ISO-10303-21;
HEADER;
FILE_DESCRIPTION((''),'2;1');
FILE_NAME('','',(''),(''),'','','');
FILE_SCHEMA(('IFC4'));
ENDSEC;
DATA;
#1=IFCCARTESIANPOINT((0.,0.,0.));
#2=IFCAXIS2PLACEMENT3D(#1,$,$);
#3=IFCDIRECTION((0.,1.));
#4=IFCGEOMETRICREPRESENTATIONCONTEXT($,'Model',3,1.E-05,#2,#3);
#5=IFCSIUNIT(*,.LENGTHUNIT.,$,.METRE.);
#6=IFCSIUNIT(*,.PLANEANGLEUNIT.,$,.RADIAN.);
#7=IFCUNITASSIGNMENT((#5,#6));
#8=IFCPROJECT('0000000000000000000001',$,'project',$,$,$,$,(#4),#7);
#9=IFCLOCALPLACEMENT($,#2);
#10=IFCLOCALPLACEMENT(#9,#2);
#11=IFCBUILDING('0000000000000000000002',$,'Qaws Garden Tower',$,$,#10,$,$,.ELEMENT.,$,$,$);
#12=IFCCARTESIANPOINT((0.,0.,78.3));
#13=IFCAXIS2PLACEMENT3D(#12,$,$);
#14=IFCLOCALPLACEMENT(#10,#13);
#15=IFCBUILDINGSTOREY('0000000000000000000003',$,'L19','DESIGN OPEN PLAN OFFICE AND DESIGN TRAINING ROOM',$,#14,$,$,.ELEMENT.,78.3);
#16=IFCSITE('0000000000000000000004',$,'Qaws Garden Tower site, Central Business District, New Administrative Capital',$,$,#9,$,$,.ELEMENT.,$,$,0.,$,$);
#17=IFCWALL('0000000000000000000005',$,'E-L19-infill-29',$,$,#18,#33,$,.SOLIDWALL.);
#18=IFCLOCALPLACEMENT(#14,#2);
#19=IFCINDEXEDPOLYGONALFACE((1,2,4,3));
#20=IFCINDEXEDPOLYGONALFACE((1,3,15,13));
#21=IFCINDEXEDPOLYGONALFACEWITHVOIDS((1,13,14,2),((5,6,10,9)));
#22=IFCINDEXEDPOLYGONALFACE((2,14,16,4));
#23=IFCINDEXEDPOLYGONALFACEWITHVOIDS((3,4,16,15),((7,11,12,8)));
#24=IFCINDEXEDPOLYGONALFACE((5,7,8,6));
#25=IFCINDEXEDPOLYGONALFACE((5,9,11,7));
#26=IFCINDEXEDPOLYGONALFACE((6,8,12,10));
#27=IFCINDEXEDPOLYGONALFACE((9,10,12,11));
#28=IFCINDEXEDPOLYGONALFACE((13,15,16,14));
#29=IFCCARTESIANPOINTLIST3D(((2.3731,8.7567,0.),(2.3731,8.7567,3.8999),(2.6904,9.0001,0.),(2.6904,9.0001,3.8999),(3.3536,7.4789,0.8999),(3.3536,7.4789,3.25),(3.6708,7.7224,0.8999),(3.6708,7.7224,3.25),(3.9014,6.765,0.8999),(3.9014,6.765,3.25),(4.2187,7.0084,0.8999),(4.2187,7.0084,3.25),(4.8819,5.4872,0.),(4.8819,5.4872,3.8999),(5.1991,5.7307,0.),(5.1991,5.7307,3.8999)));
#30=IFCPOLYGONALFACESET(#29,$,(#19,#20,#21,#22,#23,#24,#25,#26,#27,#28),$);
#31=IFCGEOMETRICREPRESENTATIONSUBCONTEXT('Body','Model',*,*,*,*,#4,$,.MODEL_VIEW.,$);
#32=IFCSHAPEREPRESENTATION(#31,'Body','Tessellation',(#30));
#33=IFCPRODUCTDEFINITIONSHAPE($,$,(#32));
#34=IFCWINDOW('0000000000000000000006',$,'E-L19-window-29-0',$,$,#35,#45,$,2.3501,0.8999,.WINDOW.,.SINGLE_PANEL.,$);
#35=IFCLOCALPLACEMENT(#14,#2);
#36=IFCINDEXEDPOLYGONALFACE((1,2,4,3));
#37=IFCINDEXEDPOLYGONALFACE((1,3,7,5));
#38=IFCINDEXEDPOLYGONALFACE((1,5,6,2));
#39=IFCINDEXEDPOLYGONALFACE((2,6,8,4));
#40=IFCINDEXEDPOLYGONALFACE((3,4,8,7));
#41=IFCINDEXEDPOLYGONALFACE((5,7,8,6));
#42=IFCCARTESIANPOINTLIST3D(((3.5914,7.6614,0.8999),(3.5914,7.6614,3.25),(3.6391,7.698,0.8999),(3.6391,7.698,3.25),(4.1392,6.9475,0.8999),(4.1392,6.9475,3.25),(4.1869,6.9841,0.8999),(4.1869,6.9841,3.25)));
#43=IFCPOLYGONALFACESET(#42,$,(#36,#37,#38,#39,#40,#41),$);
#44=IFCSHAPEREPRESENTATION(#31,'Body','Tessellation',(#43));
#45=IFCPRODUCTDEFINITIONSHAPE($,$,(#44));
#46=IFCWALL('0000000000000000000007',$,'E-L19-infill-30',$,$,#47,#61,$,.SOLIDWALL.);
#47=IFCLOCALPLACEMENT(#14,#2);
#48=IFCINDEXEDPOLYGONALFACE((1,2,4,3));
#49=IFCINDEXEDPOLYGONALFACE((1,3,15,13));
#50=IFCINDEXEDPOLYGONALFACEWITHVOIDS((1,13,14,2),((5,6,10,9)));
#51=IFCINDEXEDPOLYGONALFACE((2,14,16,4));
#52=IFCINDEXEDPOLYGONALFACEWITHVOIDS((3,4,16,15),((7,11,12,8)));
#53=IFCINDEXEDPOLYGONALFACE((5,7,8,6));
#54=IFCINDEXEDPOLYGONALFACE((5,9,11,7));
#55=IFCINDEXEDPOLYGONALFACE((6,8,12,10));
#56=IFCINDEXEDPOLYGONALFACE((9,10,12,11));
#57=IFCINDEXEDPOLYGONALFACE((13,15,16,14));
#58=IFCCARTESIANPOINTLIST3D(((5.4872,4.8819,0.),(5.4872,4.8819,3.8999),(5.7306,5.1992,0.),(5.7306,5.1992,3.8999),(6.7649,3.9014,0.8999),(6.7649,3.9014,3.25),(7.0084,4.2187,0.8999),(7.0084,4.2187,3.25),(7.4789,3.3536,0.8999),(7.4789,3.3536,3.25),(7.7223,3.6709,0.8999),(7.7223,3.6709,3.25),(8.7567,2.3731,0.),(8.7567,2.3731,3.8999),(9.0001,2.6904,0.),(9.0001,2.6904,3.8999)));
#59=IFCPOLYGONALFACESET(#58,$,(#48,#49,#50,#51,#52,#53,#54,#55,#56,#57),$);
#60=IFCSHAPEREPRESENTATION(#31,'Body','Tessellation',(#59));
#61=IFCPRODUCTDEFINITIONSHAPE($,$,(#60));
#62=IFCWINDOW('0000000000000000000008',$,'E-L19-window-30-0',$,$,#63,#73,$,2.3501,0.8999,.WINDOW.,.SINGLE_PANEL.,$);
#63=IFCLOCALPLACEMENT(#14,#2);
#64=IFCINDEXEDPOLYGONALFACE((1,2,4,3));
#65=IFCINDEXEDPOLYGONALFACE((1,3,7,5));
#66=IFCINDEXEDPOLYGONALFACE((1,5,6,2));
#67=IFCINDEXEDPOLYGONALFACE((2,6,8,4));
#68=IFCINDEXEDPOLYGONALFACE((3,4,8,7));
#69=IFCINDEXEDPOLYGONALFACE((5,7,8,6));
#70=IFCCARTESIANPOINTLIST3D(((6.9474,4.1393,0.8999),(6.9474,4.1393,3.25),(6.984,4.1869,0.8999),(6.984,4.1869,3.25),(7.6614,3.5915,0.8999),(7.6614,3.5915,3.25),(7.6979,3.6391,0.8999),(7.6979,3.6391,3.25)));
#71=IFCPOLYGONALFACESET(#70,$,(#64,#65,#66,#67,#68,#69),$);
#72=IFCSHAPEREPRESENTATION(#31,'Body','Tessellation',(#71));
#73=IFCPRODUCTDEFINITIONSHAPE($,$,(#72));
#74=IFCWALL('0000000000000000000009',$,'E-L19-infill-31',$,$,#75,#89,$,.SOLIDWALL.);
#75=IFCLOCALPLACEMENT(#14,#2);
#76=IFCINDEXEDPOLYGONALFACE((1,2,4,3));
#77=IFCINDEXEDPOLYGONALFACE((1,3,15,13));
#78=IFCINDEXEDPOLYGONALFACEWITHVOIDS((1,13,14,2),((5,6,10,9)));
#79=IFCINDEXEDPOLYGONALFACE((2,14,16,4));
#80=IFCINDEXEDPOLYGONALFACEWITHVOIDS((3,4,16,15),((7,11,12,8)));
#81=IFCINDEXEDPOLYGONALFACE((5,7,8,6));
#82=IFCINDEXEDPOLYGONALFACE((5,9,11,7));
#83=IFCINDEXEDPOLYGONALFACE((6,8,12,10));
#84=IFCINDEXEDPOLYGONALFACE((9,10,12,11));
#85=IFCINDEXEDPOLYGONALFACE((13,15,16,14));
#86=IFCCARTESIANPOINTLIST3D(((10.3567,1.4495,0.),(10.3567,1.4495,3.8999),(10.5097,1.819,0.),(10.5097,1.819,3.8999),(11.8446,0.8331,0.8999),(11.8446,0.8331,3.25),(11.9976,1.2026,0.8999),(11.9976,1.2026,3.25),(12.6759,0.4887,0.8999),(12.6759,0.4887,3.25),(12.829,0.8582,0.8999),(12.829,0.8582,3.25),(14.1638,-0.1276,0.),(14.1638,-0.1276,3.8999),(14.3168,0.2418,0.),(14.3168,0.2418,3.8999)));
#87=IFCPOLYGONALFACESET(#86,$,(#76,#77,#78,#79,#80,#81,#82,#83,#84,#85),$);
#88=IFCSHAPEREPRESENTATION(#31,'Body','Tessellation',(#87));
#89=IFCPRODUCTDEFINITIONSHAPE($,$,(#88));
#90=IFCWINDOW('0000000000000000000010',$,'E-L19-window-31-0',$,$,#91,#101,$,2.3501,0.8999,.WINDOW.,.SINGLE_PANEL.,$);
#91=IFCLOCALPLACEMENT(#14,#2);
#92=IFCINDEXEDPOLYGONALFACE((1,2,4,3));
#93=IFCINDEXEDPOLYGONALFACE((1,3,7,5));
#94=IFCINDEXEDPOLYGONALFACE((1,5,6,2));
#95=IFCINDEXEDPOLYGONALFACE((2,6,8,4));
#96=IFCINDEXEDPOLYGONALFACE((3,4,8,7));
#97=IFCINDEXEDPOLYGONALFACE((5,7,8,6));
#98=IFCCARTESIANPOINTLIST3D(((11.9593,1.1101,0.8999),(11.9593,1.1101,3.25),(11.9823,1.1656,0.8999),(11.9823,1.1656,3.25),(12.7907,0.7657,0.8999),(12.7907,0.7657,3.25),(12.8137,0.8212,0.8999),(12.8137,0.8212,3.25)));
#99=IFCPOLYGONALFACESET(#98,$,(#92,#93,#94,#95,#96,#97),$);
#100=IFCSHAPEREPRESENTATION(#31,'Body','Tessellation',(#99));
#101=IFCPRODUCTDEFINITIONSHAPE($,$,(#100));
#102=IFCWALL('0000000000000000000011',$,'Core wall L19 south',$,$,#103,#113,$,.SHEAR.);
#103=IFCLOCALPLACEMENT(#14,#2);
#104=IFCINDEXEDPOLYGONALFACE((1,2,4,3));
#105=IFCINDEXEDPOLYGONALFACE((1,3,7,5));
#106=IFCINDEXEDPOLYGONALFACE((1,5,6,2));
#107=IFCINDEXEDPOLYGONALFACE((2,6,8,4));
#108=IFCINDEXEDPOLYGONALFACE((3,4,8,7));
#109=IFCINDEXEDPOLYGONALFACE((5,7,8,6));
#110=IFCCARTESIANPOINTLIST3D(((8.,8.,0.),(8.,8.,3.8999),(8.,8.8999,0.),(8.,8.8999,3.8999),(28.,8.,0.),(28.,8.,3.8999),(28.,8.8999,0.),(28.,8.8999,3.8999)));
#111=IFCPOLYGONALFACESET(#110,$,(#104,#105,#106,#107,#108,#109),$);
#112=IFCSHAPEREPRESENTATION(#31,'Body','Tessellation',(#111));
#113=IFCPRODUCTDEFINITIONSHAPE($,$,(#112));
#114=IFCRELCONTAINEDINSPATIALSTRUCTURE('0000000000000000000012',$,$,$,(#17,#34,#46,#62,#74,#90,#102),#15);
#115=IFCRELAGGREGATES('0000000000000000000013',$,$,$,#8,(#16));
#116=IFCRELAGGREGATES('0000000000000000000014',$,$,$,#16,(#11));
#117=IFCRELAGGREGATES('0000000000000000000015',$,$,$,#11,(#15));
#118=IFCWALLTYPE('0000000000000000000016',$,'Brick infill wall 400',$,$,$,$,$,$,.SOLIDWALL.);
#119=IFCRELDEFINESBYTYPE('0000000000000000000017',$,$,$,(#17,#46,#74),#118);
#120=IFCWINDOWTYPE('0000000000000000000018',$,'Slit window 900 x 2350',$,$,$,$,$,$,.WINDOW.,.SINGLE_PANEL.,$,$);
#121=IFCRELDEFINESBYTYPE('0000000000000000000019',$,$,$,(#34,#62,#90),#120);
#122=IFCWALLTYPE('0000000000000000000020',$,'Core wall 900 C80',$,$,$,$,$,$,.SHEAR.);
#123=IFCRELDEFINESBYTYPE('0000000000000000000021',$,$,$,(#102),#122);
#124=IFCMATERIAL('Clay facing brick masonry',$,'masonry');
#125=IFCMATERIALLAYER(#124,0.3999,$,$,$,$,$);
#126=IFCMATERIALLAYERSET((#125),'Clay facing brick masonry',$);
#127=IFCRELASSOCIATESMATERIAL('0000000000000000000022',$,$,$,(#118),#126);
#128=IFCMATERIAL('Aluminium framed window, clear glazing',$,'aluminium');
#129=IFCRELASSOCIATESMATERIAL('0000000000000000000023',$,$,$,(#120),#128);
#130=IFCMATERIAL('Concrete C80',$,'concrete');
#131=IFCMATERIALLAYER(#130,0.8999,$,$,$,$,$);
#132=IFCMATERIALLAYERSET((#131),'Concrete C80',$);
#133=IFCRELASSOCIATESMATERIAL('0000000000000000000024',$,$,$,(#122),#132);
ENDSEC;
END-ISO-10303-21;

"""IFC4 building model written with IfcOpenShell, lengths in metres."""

from ifc_helpers import new_model, si_unit, direction, frame, frame_2d, origin, place, context, subcontext, project, spatial, rectangle, extrude, material, layer, layer_set, type_object, element, fill, save


model = new_model("IFC4")

# Units and contexts
model_context = context("Model", 3, precision=1e-05, world=origin(), true_north=direction((0.0, 1.0)))
body_context = subcontext(model_context, "Body", "Model", "MODEL_VIEW")
ifc_project = project(units=[si_unit("LENGTHUNIT", "METRE"), si_unit("PLANEANGLEUNIT", "RADIAN")], contexts=[model_context])

# Site, building, storey
site_placement = place(None, origin())
site = spatial("IfcSite", under=ifc_project, at=site_placement, Name="Qaws Garden Tower site, Central Business District, New Administrative Capital", CompositionType="ELEMENT", RefElevation=0.0)
building_placement = place(site_placement, origin())
building = spatial("IfcBuilding", under=site, at=building_placement, Name="Qaws Garden Tower", CompositionType="ELEMENT")
storey_placement = place(building_placement, frame((0.0, 0.0, 78.3)))
storey = spatial("IfcBuildingStorey", under=building, at=storey_placement, Name="L19", Description="DESIGN OPEN PLAN OFFICE AND DESIGN TRAINING ROOM", CompositionType="ELEMENT", Elevation=78.3)

# Walls, openings, windows
ifc_material_1 = material(Name="Clay facing brick masonry", Category="masonry")
ifc_layer_1 = layer(ifc_material_1, 0.3999)
ifc_layer_set_1 = layer_set([ifc_layer_1], Name="Clay facing brick masonry")
wall_type_1 = type_object("IfcWallType", Name="Brick infill wall 400", PredefinedType="SOLIDWALL", material=ifc_layer_set_1)
wall_1_placement = place(storey_placement, frame((2.5317, 8.8784, 0.0), z_axis=(0.0, 0.0, 1.0), x_axis=(0.60876, -0.793355, 0.0)))
wall_1 = element("IfcWall", 1, at=wall_1_placement, inside=storey, type_object=wall_type_1, Name="E-L19-infill-29", PredefinedType="SOLIDWALL", context=body_context, shape_type="SweptSolid", body=[
    extrude(rectangle(XDim=4.1211, YDim=0.3999, at=frame_2d((2.0605, 0.0))), origin(), (0.0, 0.0, 1.0), 3.8999),
])
opening_1_placement = place(wall_1_placement, frame((1.6106, 0.0, 0.8999)))
opening_1 = element("IfcOpeningElement", 2, at=opening_1_placement, cuts=wall_1, PredefinedType="OPENING", context=body_context, shape_type="SweptSolid", body=[
    extrude(rectangle(XDim=0.8999, YDim=2.3501, at=frame_2d((0.45, 1.175))), frame((0.0, 0.21, 0.0), z_axis=(0.0, -1.0, 0.0), x_axis=(1.0, 0.0, 0.0)), (0.0, 0.0, 1.0), 0.4199),
])
ifc_material_2 = material(Name="Aluminium framed window, clear glazing", Category="aluminium")
window_type = type_object("IfcWindowType", Name="Slit window 900 x 2350", PartitioningType="SINGLE_PANEL", PredefinedType="WINDOW", material=ifc_material_2)
window_1_placement = place(opening_1_placement, origin())
window_1 = element("IfcWindow", 3, at=window_1_placement, inside=storey, type_object=window_type, Name="E-L19-window-29-0", OverallHeight=2.3501, OverallWidth=0.8999, PartitioningType="SINGLE_PANEL", PredefinedType="WINDOW", context=body_context, shape_type="SweptSolid", body=[
    extrude(rectangle(XDim=0.8999, YDim=2.3501, at=frame_2d((0.45, 1.175))), frame((0.0, 0.1599, 0.0), z_axis=(0.0, -1.0, 0.0), x_axis=(1.0, 0.0, 0.0)), (0.0, 0.0, 1.0), 0.0601),
])
fill(opening_1, window_1)
wall_2_placement = place(storey_placement, frame((5.6089, 5.0405, 0.0), z_axis=(0.0, 0.0, 1.0), x_axis=(0.793355, -0.60876, 0.0)))
wall_2 = element("IfcWall", 4, at=wall_2_placement, inside=storey, type_object=wall_type_1, Name="E-L19-infill-30", PredefinedType="SOLIDWALL", context=body_context, shape_type="SweptSolid", body=[
    extrude(rectangle(XDim=4.1211, YDim=0.3999, at=frame_2d((2.0605, 0.0))), origin(), (0.0, 0.0, 1.0), 3.8999),
])
opening_2_placement = place(wall_2_placement, frame((1.6106, 0.0, 0.8999)))
opening_2 = element("IfcOpeningElement", 5, at=opening_2_placement, cuts=wall_2, PredefinedType="OPENING", context=body_context, shape_type="SweptSolid", body=[
    extrude(rectangle(XDim=0.8999, YDim=2.3501, at=frame_2d((0.45, 1.175))), frame((0.0, 0.21, 0.0), z_axis=(0.0, -1.0, 0.0), x_axis=(1.0, 0.0, 0.0)), (0.0, 0.0, 1.0), 0.4199),
])
window_2_placement = place(opening_2_placement, origin())
window_2 = element("IfcWindow", 6, at=window_2_placement, inside=storey, type_object=window_type, Name="E-L19-window-30-0", OverallHeight=2.3501, OverallWidth=0.8999, PartitioningType="SINGLE_PANEL", PredefinedType="WINDOW", context=body_context, shape_type="SweptSolid", body=[
    extrude(rectangle(XDim=0.8999, YDim=2.3501, at=frame_2d((0.45, 1.175))), frame((0.0, 0.1599, 0.0), z_axis=(0.0, -1.0, 0.0), x_axis=(1.0, 0.0, 0.0)), (0.0, 0.0, 1.0), 0.0601),
])
fill(opening_2, window_2)
wall_3_placement = place(storey_placement, frame((10.4331, 1.6343, 0.0), z_axis=(0.0, 0.0, 1.0), x_axis=(0.923864, -0.382722, 0.0)))
wall_3 = element("IfcWall", 7, at=wall_3_placement, inside=storey, type_object=wall_type_1, Name="E-L19-infill-31", PredefinedType="SOLIDWALL", context=body_context, shape_type="SweptSolid", body=[
    extrude(rectangle(XDim=4.1208, YDim=0.3999, at=frame_2d((2.0605, 0.0))), origin(), (0.0, 0.0, 1.0), 3.8999),
])
opening_3_placement = place(wall_3_placement, frame((1.6106, 0.0, 0.8999)))
opening_3 = element("IfcOpeningElement", 8, at=opening_3_placement, cuts=wall_3, PredefinedType="OPENING", context=body_context, shape_type="SweptSolid", body=[
    extrude(rectangle(XDim=0.8999, YDim=2.3501, at=frame_2d((0.45, 1.175))), frame((0.0, 0.21, 0.0), z_axis=(0.0, -1.0, 0.0), x_axis=(1.0, 0.0, 0.0)), (0.0, 0.0, 1.0), 0.4199),
])
window_3_placement = place(opening_3_placement, origin())
window_3 = element("IfcWindow", 9, at=window_3_placement, inside=storey, type_object=window_type, Name="E-L19-window-31-0", OverallHeight=2.3501, OverallWidth=0.8999, PartitioningType="SINGLE_PANEL", PredefinedType="WINDOW", context=body_context, shape_type="SweptSolid", body=[
    extrude(rectangle(XDim=0.8999, YDim=2.3501, at=frame_2d((0.45, 1.175))), frame((0.0, 0.1599, 0.0), z_axis=(0.0, -1.0, 0.0), x_axis=(1.0, 0.0, 0.0)), (0.0, 0.0, 1.0), 0.0601),
])
fill(opening_3, window_3)

# Wall
ifc_material_3 = material(Name="Concrete C80", Category="concrete")
ifc_layer_2 = layer(ifc_material_3, 0.8999)
ifc_layer_set_2 = layer_set([ifc_layer_2], Name="Concrete C80")
wall_type_2 = type_object("IfcWallType", Name="Core wall 900 C80", PredefinedType="SHEAR", material=ifc_layer_set_2)
wall_4_placement = place(storey_placement, frame((8.0, 8.45, 0.0), z_axis=(0.0, 0.0, 1.0), x_axis=(1.0, 0.0, 0.0)))
element("IfcWall", 10, at=wall_4_placement, inside=storey, type_object=wall_type_2, Name="Core wall L19 south", PredefinedType="SHEAR", context=body_context, shape_type="SweptSolid", body=[
    extrude(rectangle(XDim=20.0, YDim=0.8999, at=frame_2d((10.0, 0.0))), origin(), (0.0, 0.0, 1.0), 3.8999),
])

save(model, "model.ifc")
